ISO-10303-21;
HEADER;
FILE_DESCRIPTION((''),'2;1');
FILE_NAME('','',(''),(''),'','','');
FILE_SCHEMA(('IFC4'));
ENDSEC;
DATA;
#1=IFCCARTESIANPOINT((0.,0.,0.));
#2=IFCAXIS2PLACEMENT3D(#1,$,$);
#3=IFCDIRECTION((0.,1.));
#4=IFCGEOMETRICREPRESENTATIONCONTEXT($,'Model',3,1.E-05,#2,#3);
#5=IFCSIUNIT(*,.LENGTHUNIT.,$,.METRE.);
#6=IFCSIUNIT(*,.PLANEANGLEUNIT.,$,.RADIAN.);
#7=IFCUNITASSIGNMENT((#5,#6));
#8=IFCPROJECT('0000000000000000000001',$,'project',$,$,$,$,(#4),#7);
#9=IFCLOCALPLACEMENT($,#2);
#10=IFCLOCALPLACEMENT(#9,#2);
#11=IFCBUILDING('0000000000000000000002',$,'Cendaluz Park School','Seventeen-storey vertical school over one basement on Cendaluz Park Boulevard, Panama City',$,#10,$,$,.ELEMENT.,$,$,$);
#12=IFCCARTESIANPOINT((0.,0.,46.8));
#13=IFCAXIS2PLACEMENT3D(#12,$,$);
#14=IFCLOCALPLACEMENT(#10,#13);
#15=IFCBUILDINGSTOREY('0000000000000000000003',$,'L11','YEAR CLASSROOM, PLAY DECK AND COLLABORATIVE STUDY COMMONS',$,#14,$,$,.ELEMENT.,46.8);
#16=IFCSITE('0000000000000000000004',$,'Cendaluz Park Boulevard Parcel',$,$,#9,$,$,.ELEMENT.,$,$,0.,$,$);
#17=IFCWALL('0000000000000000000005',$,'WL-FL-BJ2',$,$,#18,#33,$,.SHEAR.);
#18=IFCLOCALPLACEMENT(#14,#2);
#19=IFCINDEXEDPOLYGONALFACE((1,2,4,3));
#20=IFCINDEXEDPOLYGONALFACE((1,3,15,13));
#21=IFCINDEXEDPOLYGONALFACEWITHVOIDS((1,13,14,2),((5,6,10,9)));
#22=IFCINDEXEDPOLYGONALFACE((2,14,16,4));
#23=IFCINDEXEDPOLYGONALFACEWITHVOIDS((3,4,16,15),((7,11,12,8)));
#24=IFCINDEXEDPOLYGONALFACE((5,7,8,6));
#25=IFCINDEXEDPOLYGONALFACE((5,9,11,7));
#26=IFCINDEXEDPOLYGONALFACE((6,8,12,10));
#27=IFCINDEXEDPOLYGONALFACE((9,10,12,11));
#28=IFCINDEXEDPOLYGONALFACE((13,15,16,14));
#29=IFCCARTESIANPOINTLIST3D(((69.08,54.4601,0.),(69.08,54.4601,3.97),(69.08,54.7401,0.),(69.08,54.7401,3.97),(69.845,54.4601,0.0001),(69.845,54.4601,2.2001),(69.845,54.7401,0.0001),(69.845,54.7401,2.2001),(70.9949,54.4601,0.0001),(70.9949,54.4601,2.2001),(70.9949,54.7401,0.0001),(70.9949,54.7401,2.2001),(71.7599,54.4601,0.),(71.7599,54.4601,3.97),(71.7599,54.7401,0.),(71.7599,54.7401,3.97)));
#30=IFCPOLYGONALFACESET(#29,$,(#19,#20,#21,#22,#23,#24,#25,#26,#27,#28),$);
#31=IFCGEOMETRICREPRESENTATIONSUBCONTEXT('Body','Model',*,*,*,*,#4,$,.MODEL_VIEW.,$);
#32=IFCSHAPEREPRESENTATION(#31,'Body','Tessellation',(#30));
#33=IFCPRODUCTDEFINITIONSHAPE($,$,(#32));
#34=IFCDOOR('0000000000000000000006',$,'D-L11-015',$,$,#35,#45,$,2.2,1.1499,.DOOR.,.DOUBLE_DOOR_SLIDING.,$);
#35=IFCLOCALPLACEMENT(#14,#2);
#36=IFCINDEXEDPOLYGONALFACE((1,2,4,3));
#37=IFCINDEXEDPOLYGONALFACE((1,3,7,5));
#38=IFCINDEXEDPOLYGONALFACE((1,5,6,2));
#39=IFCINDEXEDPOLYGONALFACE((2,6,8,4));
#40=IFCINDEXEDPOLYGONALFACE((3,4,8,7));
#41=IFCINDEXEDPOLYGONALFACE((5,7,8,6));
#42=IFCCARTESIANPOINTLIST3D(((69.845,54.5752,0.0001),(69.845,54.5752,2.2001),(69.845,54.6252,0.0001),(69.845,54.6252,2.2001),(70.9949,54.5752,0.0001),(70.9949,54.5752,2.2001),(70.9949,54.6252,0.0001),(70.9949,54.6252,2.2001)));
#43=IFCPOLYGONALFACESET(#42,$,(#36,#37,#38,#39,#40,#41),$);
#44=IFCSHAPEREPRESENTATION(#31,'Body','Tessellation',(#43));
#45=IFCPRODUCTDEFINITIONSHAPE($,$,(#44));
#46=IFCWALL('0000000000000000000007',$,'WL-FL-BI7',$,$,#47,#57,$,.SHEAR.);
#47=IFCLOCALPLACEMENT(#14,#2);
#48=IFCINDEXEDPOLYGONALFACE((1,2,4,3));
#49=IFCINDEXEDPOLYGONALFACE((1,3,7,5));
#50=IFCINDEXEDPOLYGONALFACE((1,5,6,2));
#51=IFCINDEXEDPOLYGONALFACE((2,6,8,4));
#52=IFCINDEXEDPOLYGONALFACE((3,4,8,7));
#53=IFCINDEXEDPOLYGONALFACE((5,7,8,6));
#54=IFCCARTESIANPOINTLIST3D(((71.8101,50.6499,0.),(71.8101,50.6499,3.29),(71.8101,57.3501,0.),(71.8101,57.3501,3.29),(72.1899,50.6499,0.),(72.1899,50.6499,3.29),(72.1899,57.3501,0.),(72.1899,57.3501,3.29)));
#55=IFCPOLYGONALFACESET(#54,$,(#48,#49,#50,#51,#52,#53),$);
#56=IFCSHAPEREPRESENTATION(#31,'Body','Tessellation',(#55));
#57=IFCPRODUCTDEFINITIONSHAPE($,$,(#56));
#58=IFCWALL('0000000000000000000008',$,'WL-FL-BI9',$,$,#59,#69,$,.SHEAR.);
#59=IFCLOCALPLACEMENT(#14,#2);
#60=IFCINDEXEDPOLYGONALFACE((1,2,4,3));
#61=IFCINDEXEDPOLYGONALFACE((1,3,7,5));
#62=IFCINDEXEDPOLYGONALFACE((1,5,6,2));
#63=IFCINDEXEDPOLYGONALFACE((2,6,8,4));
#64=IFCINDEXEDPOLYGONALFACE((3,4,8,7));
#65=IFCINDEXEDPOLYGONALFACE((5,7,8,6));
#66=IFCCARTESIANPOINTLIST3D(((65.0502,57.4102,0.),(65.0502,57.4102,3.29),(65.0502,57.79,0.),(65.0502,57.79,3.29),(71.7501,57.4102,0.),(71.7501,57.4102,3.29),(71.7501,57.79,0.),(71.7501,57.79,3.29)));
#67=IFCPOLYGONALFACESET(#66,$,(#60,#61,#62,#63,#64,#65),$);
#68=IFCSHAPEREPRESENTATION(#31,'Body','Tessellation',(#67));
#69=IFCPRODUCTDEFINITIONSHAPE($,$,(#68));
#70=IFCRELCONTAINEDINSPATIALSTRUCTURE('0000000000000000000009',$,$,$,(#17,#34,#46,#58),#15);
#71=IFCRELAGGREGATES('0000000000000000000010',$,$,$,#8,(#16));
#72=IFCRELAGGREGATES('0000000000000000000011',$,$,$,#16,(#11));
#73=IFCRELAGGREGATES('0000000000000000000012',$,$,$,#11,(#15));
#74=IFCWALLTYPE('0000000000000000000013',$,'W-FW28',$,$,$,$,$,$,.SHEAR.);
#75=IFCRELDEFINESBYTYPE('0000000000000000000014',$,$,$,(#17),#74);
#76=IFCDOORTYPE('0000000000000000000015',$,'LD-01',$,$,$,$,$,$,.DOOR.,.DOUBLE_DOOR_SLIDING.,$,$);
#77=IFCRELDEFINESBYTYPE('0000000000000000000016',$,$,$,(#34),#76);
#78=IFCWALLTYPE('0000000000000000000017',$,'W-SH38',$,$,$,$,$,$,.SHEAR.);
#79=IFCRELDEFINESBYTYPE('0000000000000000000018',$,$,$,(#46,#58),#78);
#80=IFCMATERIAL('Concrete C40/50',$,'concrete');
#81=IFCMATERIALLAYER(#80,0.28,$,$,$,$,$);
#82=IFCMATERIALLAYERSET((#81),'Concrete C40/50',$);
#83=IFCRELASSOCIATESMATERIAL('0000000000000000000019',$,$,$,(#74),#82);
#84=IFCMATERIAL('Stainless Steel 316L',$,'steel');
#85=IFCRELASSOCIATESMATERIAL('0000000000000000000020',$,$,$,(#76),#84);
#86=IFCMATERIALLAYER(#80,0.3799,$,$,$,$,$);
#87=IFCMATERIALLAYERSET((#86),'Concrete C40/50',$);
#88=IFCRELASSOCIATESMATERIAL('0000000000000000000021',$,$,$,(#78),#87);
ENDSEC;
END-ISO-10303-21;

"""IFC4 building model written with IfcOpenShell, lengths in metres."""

from ifc_helpers import new_model, si_unit, direction, frame, frame_2d, origin, place, context, subcontext, project, spatial, rectangle, extrude, material, layer, layer_set, type_object, element, fill, save


model = new_model("IFC4")

# Units and contexts
model_context = context("Model", 3, precision=1e-05, world=origin(), true_north=direction((0.0, 1.0)))
body_context = subcontext(model_context, "Body", "Model", "MODEL_VIEW")
ifc_project = project(units=[si_unit("LENGTHUNIT", "METRE"), si_unit("PLANEANGLEUNIT", "RADIAN")], contexts=[model_context])

# Site, building, storey
site_placement = place(None, origin())
site = spatial("IfcSite", under=ifc_project, at=site_placement, Name="Cendaluz Park Boulevard Parcel", CompositionType="ELEMENT", RefElevation=0.0)
building_placement = place(site_placement, origin())
building = spatial("IfcBuilding", under=site, at=building_placement, Name="Cendaluz Park School", Description="Seventeen-storey vertical school over one basement on Cendaluz Park Boulevard, Panama City", CompositionType="ELEMENT")
storey_placement = place(building_placement, frame((0.0, 0.0, 46.8)))
storey = spatial("IfcBuildingStorey", under=building, at=storey_placement, Name="L11", Description="YEAR CLASSROOM, PLAY DECK AND COLLABORATIVE STUDY COMMONS", CompositionType="ELEMENT", Elevation=46.8)

# Wall, opening, door
ifc_material_1 = material(Name="Concrete C40/50", Category="concrete")
ifc_layer_1 = layer(ifc_material_1, 0.28)
ifc_layer_set_1 = layer_set([ifc_layer_1], Name="Concrete C40/50")
wall_type_1 = type_object("IfcWallType", Name="W-FW28", PredefinedType="SHEAR", material=ifc_layer_set_1)
wall_1_placement = place(storey_placement, frame((69.0801, 54.6001, 0.0), z_axis=(0.0, 0.0, 1.0), x_axis=(1.0, 0.0, 0.0)))
wall_1 = element("IfcWall", 1, at=wall_1_placement, inside=storey, type_object=wall_type_1, Name="WL-FL-BJ2", PredefinedType="SHEAR", context=body_context, shape_type="SweptSolid", body=[
    extrude(rectangle(XDim=2.6799, YDim=0.28, at=frame_2d((1.3398, 0.0))), origin(), (0.0, 0.0, 1.0), 3.97),
])
opening_1_placement = place(wall_1_placement, frame((0.7649, 0.0, 0.0)))
opening_1 = element("IfcOpeningElement", 2, at=opening_1_placement, cuts=wall_1, PredefinedType="OPENING", context=body_context, shape_type="SweptSolid", body=[
    extrude(rectangle(XDim=1.1499, YDim=2.2, at=frame_2d((0.575, 1.1001))), frame((0.0, 0.1521, 0.0), z_axis=(0.0, -1.0, 0.0), x_axis=(1.0, 0.0, 0.0)), (0.0, 0.0, 1.0), 0.304),
])
ifc_material_2 = material(Name="Stainless Steel 316L", Category="steel")
door_type_1 = type_object("IfcDoorType", Name="LD-01", OperationType="DOUBLE_DOOR_SLIDING", PredefinedType="DOOR", material=ifc_material_2)
door_1_placement = place(opening_1_placement, frame((1.1499, 0.0, 0.0), z_axis=(0.0, 0.0, 1.0), x_axis=(-1.0, 0.0, 0.0)))
door_1 = element("IfcDoor", 3, at=door_1_placement, inside=storey, type_object=door_type_1, Name="D-L11-015", OperationType="DOUBLE_DOOR_SLIDING", OverallHeight=2.2, OverallWidth=1.1499, PredefinedType="DOOR", context=body_context, shape_type="SweptSolid", body=[
    extrude(rectangle(XDim=1.1499, YDim=2.2, at=frame_2d((0.575, 1.1001))), frame((0.0, 0.0249, 0.0), z_axis=(0.0, -1.0, 0.0), x_axis=(1.0, 0.0, 0.0)), (0.0, 0.0, 1.0), 0.05),
])
fill(opening_1, door_1)

# Walls
ifc_layer_2 = layer(ifc_material_1, 0.3799)
ifc_layer_set_2 = layer_set([ifc_layer_2], Name="Concrete C40/50")
wall_type_2 = type_object("IfcWallType", Name="W-SH38", PredefinedType="SHEAR", material=ifc_layer_set_2)
wall_2_placement = place(storey_placement, frame((72.0, 50.6499, 0.0), z_axis=(0.0, 0.0, 1.0), x_axis=(0.0, 1.0, 0.0)))
element("IfcWall", 4, at=wall_2_placement, inside=storey, type_object=wall_type_2, Name="WL-FL-BI7", PredefinedType="SHEAR", context=body_context, shape_type="SweptSolid", body=[
    extrude(rectangle(XDim=6.7002, YDim=0.3799, at=frame_2d((3.3501, 0.0))), origin(), (0.0, 0.0, 1.0), 3.29),
])
wall_3_placement = place(storey_placement, frame((65.05, 57.6001, 0.0), z_axis=(0.0, 0.0, 1.0), x_axis=(1.0, 0.0, 0.0)))
element("IfcWall", 5, at=wall_3_placement, inside=storey, type_object=wall_type_2, Name="WL-FL-BI9", PredefinedType="SHEAR", context=body_context, shape_type="SweptSolid", body=[
    extrude(rectangle(XDim=6.7, YDim=0.3799, at=frame_2d((3.3501, 0.0))), origin(), (0.0, 0.0, 1.0), 3.29),
])

save(model, "model.ifc")
